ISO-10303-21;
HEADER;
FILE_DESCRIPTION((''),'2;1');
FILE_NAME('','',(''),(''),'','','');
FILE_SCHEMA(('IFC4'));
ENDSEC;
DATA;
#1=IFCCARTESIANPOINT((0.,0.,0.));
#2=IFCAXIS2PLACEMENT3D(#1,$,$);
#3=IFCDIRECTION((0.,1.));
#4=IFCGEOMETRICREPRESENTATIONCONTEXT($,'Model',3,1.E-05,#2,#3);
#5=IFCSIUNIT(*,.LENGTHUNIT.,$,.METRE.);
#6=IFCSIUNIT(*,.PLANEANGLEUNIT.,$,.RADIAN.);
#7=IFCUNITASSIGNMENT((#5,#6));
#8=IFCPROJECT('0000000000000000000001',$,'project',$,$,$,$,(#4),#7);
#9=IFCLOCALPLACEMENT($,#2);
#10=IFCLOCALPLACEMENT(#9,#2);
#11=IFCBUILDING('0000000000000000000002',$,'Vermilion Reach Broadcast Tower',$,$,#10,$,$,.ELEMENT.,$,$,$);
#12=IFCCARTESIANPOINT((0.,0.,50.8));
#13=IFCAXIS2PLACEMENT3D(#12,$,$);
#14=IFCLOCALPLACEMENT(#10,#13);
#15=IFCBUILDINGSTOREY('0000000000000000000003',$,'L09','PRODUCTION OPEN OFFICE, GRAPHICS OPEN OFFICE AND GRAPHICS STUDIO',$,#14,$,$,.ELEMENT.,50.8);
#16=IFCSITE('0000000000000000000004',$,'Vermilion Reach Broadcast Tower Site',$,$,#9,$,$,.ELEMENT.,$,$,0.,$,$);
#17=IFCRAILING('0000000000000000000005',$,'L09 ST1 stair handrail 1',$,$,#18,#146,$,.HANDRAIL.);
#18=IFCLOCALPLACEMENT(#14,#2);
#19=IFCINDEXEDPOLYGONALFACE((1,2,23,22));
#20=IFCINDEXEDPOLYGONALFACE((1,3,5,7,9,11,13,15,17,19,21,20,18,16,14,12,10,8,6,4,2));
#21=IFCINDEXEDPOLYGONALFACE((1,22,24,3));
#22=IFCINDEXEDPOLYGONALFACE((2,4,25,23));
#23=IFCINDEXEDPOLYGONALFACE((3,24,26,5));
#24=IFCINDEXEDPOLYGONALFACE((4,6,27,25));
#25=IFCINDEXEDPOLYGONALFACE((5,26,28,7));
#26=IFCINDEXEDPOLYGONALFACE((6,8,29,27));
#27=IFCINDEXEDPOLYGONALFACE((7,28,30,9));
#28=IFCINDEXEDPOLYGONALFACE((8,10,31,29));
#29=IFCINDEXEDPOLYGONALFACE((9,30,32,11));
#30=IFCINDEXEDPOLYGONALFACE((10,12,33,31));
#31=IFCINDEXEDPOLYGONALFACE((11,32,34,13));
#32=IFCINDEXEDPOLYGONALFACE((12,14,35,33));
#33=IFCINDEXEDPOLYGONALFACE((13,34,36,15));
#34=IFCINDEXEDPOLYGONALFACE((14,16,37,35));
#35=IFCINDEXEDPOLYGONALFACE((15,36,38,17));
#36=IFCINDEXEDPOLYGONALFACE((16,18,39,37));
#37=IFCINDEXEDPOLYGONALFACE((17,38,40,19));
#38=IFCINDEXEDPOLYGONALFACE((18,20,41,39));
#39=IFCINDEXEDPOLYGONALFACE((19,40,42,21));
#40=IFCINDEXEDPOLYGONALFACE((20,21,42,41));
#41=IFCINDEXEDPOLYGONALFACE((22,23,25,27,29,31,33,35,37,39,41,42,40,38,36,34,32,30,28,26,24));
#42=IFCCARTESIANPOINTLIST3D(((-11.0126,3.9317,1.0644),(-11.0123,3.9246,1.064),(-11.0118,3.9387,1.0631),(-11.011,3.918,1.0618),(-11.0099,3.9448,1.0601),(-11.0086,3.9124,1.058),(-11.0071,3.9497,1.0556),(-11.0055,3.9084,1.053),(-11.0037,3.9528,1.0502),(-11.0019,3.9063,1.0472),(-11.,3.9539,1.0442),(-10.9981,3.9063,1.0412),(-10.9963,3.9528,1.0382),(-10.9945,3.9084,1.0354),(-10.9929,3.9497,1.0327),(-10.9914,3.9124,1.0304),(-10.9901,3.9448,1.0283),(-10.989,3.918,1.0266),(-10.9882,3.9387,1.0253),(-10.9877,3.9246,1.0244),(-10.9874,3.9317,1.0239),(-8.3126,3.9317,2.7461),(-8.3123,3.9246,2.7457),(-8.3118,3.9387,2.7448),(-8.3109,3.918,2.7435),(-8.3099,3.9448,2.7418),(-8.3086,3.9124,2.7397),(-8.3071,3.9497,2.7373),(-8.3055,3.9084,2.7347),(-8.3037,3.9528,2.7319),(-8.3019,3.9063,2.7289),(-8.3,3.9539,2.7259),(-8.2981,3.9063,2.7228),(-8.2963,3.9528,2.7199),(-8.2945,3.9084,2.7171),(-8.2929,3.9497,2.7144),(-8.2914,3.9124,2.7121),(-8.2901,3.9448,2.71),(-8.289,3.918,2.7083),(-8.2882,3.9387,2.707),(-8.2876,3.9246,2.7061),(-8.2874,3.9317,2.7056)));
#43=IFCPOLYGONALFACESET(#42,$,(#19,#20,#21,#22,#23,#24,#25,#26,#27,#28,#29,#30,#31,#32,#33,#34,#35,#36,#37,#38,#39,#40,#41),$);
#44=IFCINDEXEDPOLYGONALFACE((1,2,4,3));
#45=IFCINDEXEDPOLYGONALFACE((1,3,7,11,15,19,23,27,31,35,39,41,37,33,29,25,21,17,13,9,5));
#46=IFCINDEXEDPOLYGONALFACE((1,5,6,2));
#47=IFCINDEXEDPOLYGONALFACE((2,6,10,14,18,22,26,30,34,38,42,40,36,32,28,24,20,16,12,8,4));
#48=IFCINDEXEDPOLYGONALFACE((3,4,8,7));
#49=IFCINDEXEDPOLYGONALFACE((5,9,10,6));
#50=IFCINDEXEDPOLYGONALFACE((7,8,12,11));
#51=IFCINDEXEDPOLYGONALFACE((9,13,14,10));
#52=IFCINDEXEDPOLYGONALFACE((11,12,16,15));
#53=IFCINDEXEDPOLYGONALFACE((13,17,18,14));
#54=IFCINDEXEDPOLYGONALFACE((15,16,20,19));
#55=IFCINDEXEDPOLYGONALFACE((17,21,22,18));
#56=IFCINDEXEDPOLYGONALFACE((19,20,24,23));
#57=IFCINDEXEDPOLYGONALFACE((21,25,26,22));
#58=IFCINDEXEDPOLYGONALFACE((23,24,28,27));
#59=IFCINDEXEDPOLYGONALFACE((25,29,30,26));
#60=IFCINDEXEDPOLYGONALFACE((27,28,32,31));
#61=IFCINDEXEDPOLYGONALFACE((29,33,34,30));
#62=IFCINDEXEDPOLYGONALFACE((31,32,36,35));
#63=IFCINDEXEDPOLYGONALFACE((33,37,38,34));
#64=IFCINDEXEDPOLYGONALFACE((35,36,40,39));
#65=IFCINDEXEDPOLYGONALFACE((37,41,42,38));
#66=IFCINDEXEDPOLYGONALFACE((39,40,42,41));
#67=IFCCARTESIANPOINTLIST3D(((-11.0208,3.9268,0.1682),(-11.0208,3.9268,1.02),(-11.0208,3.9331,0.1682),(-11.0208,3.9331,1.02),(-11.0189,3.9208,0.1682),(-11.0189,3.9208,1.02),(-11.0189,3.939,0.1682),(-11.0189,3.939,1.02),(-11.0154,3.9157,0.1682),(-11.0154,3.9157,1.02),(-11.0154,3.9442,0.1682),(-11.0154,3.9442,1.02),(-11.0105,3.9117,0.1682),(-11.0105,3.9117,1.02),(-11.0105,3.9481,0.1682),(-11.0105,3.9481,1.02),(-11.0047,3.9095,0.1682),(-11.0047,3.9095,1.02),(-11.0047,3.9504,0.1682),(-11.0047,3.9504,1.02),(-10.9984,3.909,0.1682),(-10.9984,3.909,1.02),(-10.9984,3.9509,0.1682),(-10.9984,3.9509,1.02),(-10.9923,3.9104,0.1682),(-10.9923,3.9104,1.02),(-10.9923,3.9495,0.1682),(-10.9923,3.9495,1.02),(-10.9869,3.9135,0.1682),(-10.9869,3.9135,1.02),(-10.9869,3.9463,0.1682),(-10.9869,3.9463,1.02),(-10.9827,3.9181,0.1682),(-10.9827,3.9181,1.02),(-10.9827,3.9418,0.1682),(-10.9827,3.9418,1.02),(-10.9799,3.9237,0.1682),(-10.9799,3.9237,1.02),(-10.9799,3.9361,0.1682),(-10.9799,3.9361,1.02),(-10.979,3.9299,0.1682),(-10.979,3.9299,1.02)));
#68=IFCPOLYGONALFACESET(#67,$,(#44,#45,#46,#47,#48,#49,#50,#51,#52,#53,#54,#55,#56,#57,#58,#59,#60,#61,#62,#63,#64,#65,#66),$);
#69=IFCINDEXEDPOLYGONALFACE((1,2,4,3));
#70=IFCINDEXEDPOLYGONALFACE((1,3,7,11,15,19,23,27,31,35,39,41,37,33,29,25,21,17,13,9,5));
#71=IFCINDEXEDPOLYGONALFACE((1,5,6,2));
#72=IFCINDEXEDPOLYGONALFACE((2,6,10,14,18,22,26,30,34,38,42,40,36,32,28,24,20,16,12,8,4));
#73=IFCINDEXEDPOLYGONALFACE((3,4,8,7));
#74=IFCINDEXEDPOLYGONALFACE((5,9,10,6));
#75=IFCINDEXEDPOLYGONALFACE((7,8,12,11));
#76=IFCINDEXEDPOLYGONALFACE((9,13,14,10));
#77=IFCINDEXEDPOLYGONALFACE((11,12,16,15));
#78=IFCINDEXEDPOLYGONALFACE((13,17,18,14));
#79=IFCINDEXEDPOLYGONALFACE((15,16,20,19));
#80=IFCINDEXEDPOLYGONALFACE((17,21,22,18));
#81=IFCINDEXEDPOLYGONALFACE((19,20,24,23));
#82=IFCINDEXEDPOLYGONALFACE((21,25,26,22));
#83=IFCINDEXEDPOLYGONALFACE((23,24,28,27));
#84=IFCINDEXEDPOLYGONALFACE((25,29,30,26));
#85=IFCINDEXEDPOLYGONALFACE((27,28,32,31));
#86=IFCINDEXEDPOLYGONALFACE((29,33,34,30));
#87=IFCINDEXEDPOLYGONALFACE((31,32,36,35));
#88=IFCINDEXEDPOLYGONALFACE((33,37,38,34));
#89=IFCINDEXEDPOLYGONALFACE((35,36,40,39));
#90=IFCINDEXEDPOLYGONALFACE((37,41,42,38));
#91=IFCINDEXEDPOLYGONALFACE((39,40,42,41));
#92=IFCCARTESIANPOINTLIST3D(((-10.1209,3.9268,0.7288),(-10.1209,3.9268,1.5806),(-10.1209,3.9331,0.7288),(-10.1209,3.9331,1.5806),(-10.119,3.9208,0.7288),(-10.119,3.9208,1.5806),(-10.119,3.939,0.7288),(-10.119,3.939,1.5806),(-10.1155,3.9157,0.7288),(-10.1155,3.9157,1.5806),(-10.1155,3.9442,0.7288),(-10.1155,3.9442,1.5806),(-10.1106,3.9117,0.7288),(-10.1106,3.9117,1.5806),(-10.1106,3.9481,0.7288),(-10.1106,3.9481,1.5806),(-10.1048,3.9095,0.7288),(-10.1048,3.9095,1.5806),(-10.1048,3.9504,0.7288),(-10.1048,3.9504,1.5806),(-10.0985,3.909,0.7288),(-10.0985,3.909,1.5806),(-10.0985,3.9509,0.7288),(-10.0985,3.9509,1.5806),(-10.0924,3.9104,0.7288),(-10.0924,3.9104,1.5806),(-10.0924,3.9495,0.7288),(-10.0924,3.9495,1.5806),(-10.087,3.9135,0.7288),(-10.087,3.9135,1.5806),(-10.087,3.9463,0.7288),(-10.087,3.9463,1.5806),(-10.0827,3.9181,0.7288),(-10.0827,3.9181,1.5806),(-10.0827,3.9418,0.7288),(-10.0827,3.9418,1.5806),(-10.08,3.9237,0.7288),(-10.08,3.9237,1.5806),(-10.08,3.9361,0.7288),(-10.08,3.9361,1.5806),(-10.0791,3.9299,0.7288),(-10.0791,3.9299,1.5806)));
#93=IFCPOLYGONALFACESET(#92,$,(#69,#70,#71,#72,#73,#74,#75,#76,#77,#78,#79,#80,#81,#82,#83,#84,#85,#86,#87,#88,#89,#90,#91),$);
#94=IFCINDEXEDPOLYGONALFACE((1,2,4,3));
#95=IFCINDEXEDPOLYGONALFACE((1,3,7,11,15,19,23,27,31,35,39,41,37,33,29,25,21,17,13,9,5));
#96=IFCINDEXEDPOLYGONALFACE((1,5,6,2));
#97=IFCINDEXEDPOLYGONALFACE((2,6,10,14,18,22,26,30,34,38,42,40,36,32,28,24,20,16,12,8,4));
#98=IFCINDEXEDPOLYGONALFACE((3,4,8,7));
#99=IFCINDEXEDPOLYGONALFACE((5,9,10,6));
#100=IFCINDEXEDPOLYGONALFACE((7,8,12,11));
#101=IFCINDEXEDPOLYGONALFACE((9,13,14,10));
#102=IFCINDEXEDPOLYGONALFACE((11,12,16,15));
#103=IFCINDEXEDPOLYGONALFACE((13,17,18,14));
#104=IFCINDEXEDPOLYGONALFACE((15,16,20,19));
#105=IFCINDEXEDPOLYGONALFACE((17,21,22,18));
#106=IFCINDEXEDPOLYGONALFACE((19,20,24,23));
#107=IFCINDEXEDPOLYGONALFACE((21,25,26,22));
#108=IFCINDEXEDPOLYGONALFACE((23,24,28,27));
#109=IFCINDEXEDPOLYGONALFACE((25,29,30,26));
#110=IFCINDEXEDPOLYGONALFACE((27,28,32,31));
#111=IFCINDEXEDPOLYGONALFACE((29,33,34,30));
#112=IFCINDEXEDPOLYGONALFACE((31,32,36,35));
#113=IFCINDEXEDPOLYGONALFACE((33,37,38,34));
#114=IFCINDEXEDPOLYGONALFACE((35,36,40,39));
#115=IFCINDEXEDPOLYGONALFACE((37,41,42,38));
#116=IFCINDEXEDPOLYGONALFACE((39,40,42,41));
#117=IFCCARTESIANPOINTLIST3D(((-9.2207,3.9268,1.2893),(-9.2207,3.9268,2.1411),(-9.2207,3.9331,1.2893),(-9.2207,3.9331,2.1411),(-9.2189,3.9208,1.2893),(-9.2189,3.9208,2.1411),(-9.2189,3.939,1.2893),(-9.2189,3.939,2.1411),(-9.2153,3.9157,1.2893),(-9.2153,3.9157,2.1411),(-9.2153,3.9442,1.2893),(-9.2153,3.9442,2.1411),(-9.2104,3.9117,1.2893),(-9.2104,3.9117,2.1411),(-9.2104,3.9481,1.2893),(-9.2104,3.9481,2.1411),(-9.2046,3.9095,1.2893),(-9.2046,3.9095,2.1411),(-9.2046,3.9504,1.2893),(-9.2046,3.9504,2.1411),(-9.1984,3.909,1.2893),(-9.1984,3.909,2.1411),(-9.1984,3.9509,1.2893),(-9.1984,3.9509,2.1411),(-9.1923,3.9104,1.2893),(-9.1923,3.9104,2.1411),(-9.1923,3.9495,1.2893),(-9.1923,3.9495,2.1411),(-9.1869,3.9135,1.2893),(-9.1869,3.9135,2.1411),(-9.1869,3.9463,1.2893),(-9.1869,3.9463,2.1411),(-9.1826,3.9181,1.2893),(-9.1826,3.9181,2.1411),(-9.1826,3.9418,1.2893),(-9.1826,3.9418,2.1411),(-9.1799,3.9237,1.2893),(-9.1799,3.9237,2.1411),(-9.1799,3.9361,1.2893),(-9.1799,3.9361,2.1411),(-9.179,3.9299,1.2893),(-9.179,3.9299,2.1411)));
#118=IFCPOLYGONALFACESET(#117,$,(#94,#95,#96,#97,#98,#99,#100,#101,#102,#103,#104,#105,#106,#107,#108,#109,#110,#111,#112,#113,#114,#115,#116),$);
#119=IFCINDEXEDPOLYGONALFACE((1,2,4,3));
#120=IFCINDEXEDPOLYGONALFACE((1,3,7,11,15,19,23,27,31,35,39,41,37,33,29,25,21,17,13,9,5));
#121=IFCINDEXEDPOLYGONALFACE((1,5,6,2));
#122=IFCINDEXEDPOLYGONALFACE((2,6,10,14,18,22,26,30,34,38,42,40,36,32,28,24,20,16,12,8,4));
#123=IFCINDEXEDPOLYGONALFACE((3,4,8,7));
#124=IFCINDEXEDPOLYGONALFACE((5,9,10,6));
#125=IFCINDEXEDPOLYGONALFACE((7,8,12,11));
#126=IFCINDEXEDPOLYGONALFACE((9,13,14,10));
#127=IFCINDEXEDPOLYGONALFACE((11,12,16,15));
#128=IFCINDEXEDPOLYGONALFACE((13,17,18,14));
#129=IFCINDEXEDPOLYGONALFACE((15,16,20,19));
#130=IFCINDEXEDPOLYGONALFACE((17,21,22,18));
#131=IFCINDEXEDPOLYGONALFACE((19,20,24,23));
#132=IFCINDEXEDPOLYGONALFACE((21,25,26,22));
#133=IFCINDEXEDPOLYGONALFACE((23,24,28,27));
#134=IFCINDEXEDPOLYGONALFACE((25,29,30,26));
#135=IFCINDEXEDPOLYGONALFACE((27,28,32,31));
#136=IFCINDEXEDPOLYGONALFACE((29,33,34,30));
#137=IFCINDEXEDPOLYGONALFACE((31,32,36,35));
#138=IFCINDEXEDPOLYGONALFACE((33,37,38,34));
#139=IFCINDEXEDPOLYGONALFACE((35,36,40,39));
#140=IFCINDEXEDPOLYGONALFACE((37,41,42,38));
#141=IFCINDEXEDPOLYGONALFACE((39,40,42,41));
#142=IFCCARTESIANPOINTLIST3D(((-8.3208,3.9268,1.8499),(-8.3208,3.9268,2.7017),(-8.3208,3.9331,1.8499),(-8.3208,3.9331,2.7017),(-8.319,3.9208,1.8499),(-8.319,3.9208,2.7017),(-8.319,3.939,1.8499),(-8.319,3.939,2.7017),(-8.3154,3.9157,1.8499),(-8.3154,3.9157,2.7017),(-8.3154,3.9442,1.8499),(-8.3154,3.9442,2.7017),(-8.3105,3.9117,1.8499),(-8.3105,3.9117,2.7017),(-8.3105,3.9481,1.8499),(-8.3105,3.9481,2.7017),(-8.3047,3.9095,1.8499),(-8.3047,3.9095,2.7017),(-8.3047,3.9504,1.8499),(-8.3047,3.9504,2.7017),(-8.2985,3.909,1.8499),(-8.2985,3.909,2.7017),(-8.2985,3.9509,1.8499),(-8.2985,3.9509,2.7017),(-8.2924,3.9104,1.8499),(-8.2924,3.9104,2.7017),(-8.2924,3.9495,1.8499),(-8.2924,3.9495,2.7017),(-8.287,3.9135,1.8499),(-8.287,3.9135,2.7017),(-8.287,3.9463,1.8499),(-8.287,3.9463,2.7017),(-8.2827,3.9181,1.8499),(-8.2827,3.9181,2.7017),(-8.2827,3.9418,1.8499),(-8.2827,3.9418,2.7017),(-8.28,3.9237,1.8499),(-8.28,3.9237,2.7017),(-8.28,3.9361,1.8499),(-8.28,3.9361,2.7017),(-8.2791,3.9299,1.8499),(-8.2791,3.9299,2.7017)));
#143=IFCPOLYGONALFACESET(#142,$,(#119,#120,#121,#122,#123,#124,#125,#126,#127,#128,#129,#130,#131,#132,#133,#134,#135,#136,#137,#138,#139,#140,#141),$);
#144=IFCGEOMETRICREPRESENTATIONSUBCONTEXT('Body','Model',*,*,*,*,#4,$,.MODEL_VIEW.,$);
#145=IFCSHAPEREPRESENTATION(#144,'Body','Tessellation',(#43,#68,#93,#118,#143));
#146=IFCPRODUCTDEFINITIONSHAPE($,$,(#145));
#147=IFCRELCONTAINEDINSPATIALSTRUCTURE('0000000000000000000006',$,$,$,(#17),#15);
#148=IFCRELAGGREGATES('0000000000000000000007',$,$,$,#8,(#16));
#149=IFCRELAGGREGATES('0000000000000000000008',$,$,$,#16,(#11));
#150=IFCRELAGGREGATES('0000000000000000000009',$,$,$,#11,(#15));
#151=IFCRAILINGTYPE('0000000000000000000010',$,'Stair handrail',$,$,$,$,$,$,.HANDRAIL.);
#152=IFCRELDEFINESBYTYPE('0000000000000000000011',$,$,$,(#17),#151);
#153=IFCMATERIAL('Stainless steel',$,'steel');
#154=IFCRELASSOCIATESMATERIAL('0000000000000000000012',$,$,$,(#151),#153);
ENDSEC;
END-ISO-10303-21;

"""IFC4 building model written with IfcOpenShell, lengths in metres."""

from ifc_helpers import new_model, si_unit, direction, frame, origin, origin_2d, place, context, subcontext, project, spatial, circle, extrude, material, type_object, element, save


model = new_model("IFC4")

# Units and contexts
model_context = context("Model", 3, precision=1e-05, world=origin(), true_north=direction((0.0, 1.0)))
body_context = subcontext(model_context, "Body", "Model", "MODEL_VIEW")
ifc_project = project(units=[si_unit("LENGTHUNIT", "METRE"), si_unit("PLANEANGLEUNIT", "RADIAN")], contexts=[model_context])

# Site, building, storey
site_placement = place(None, origin())
site = spatial("IfcSite", under=ifc_project, at=site_placement, Name="Vermilion Reach Broadcast Tower Site", CompositionType="ELEMENT", RefElevation=0.0)
building_placement = place(site_placement, origin())
building = spatial("IfcBuilding", under=site, at=building_placement, Name="Vermilion Reach Broadcast Tower", CompositionType="ELEMENT")
storey_placement = place(building_placement, frame((0.0, 0.0, 50.8)))
storey = spatial("IfcBuildingStorey", under=building, at=storey_placement, Name="L09", Description="PRODUCTION OPEN OFFICE, GRAPHICS OPEN OFFICE AND GRAPHICS STUDIO", CompositionType="ELEMENT", Elevation=50.8)

# Railing
ifc_material_1 = material(Name="Stainless steel", Category="steel")
railing_type_1 = type_object("IfcRailingType", Name="Stair handrail", PredefinedType="HANDRAIL", material=ifc_material_1)
railing_1_placement = place(storey_placement, frame((-11.0, 3.9299, 0.1682)))
element("IfcRailing", 1, at=railing_1_placement, inside=storey, type_object=railing_type_1, Name="L09 ST1 stair handrail 1", PredefinedType="HANDRAIL", context=body_context, shape_type="SweptSolid", body=[
    extrude(circle(Radius=0.0239, at=origin_2d()), frame((0.0, 0.0, 0.876), z_axis=(0.848821, 0.0, 0.528681), x_axis=(0.0, 1.0, 0.0)), (0.0, 0.0, 1.0), 3.1809),
    extrude(circle(Radius=0.021, at=origin_2d()), origin(), (0.0, 0.0, 1.0), 0.8518),
    extrude(circle(Radius=0.021, at=origin_2d()), frame((0.8999, 0.0, 0.5605)), (0.0, 0.0, 1.0), 0.8518),
    extrude(circle(Radius=0.021, at=origin_2d()), frame((1.8, 0.0, 1.1211)), (0.0, 0.0, 1.0), 0.8518),
    extrude(circle(Radius=0.021, at=origin_2d()), frame((2.7, 0.0, 1.6816)), (0.0, 0.0, 1.0), 0.8518),
])

save(model, "model.ifc")
